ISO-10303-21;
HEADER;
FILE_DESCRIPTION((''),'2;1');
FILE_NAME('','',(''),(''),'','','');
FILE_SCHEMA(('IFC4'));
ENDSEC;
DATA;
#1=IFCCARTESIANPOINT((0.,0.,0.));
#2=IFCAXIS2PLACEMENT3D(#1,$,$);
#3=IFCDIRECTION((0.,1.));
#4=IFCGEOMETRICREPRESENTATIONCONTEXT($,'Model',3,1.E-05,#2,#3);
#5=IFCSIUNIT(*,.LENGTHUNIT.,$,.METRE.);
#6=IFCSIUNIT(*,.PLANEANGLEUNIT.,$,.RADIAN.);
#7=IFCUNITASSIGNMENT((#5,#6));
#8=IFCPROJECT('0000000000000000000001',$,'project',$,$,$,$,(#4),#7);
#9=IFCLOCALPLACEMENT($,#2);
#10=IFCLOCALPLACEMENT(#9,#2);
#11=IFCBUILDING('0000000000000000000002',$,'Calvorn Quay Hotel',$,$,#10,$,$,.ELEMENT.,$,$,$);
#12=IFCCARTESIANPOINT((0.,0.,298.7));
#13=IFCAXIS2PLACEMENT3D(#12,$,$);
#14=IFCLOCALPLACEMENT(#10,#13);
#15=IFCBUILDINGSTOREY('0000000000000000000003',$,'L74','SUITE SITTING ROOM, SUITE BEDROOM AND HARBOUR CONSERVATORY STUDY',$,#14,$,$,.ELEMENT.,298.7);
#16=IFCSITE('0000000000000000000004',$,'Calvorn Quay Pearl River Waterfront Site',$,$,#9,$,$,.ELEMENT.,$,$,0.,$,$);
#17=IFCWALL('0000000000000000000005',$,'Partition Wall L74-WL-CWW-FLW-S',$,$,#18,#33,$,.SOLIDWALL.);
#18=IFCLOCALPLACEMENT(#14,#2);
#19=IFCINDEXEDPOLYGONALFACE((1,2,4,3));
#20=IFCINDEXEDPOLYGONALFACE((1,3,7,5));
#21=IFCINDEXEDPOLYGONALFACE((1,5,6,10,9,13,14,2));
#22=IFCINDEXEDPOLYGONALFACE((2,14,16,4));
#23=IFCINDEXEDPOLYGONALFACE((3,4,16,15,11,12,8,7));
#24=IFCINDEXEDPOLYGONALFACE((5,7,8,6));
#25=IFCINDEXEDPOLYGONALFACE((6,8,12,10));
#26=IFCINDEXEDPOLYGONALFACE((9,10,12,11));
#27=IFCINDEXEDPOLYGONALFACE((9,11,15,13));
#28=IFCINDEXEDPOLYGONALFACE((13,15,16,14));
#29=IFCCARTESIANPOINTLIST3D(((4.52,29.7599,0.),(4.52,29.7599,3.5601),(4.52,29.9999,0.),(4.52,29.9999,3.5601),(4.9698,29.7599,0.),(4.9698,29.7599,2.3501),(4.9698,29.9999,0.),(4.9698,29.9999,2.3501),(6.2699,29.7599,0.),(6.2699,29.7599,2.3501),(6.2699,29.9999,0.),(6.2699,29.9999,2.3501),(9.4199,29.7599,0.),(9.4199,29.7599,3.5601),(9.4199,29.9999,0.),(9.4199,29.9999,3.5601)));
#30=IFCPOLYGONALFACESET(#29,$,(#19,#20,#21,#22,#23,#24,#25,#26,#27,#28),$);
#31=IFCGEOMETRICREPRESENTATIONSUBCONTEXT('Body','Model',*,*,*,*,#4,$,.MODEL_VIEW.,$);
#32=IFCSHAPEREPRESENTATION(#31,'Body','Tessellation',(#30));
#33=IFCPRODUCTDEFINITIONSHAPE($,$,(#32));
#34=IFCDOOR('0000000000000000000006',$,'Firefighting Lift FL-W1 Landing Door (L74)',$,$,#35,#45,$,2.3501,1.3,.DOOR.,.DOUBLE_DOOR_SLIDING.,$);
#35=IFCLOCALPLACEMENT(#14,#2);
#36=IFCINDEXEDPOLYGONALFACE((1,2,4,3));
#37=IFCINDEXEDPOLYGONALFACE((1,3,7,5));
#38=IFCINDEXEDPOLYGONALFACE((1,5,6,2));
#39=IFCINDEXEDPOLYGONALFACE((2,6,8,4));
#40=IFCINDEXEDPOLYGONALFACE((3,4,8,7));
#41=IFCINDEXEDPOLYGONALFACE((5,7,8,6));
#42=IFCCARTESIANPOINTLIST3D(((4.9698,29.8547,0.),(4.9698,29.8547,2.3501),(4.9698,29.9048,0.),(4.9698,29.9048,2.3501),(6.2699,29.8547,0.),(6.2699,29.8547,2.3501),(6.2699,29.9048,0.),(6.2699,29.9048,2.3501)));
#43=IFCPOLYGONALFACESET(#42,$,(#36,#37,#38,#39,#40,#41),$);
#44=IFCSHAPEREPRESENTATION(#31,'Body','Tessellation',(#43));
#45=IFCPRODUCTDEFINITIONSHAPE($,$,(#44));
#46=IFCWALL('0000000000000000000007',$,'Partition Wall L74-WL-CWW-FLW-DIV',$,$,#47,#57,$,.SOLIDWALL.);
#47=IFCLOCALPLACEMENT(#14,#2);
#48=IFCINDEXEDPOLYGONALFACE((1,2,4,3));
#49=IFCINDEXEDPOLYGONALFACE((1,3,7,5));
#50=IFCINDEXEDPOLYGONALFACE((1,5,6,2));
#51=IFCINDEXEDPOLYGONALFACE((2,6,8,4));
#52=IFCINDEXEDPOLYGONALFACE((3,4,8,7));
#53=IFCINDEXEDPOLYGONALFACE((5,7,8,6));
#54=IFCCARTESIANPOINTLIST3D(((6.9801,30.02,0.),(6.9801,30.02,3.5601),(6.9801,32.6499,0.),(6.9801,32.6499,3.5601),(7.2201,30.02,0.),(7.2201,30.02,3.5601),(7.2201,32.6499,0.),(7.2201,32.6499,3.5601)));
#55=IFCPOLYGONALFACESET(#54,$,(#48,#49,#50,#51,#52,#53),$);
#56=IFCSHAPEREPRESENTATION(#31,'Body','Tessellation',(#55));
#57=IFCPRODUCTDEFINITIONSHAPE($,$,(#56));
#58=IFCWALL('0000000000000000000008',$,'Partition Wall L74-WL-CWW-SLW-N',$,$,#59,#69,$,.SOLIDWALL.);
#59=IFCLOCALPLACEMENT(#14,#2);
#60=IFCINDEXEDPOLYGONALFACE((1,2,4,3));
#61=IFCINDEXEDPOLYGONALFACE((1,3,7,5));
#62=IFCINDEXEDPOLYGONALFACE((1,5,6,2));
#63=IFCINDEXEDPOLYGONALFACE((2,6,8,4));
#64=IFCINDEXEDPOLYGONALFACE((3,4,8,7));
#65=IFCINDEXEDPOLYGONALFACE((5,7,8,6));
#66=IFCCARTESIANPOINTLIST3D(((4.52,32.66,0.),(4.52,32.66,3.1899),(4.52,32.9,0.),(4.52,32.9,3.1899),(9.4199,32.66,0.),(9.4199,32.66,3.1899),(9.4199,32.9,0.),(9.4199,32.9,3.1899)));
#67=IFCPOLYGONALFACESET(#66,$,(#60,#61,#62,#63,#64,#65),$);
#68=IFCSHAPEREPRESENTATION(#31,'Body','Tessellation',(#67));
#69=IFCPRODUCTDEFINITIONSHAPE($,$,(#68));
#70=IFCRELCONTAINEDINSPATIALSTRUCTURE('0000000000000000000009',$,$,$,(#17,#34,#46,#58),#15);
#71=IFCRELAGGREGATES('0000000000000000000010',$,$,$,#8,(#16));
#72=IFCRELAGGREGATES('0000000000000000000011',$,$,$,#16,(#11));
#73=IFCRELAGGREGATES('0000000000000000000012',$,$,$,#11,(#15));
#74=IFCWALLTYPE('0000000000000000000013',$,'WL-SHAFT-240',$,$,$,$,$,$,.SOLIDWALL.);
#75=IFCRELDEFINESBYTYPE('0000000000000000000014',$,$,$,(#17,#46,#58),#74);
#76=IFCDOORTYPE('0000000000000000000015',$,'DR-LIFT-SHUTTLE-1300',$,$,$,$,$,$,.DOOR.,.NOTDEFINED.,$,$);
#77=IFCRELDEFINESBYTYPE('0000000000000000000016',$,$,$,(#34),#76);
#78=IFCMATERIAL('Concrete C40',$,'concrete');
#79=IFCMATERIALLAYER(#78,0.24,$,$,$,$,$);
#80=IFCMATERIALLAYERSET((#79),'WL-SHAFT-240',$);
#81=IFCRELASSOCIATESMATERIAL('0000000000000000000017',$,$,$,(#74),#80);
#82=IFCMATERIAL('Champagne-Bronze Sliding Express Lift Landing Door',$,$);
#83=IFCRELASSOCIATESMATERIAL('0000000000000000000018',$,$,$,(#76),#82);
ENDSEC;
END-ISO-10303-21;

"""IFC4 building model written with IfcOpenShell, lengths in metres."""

from ifc_helpers import new_model, si_unit, direction, frame, frame_2d, origin, place, context, subcontext, project, spatial, rectangle, extrude, material, layer, layer_set, type_object, element, fill, save


model = new_model("IFC4")

# Units and contexts
model_context = context("Model", 3, precision=1e-05, world=origin(), true_north=direction((0.0, 1.0)))
body_context = subcontext(model_context, "Body", "Model", "MODEL_VIEW")
ifc_project = project(units=[si_unit("LENGTHUNIT", "METRE"), si_unit("PLANEANGLEUNIT", "RADIAN")], contexts=[model_context])

# Site, building, storey
site_placement = place(None, origin())
site = spatial("IfcSite", under=ifc_project, at=site_placement, Name="Calvorn Quay Pearl River Waterfront Site", CompositionType="ELEMENT", RefElevation=0.0)
building_placement = place(site_placement, origin())
building = spatial("IfcBuilding", under=site, at=building_placement, Name="Calvorn Quay Hotel", CompositionType="ELEMENT")
storey_placement = place(building_placement, frame((0.0, 0.0, 298.7)))
storey = spatial("IfcBuildingStorey", under=building, at=storey_placement, Name="L74", Description="SUITE SITTING ROOM, SUITE BEDROOM AND HARBOUR CONSERVATORY STUDY", CompositionType="ELEMENT", Elevation=298.7)

# Wall, opening, door
ifc_material_1 = material(Name="Concrete C40", Category="concrete")
ifc_layer_1 = layer(ifc_material_1, 0.24)
ifc_layer_set_1 = layer_set([ifc_layer_1], Name="WL-SHAFT-240")
wall_type = type_object("IfcWallType", Name="WL-SHAFT-240", PredefinedType="SOLIDWALL", material=ifc_layer_set_1)
wall_1_placement = place(storey_placement, frame((4.52, 29.8799, 0.0), z_axis=(0.0, 0.0, 1.0), x_axis=(1.0, 0.0, 0.0)))
wall_1 = element("IfcWall", 1, at=wall_1_placement, inside=storey, type_object=wall_type, Name="Partition Wall L74-WL-CWW-FLW-S", PredefinedType="SOLIDWALL", context=body_context, shape_type="SweptSolid", body=[
    extrude(rectangle(XDim=4.8999, YDim=0.24, at=frame_2d((2.45, 0.0))), origin(), (0.0, 0.0, 1.0), 3.5601),
])
opening_1_placement = place(wall_1_placement, frame((0.45, 0.0, 0.0)))
opening_1 = element("IfcOpeningElement", 2, at=opening_1_placement, cuts=wall_1, PredefinedType="OPENING", context=body_context, shape_type="SweptSolid", body=[
    extrude(rectangle(XDim=1.3, YDim=2.3501, at=frame_2d((0.6499, 1.175))), frame((0.0, 0.1299, 0.0), z_axis=(0.0, -1.0, 0.0), x_axis=(1.0, 0.0, 0.0)), (0.0, 0.0, 1.0), 0.26),
])
ifc_material_2 = material(Name="Champagne-Bronze Sliding Express Lift Landing Door")
door_type_1 = type_object("IfcDoorType", Name="DR-LIFT-SHUTTLE-1300", OperationType="NOTDEFINED", PredefinedType="DOOR", material=ifc_material_2)
door_1_placement = place(opening_1_placement, origin())
door_1 = element("IfcDoor", 3, at=door_1_placement, inside=storey, type_object=door_type_1, Name="Firefighting Lift FL-W1 Landing Door (L74)", OperationType="DOUBLE_DOOR_SLIDING", OverallHeight=2.3501, OverallWidth=1.3, PredefinedType="DOOR", context=body_context, shape_type="SweptSolid", body=[
    extrude(rectangle(XDim=1.3, YDim=2.3501, at=frame_2d((0.6499, 1.175))), frame((0.0, 0.0249, 0.0), z_axis=(0.0, -1.0, 0.0), x_axis=(1.0, 0.0, 0.0)), (0.0, 0.0, 1.0), 0.05),
])
fill(opening_1, door_1)

# Walls
wall_2_placement = place(storey_placement, frame((7.1001, 30.02, 0.0), z_axis=(0.0, 0.0, 1.0), x_axis=(0.0, 1.0, 0.0)))
element("IfcWall", 4, at=wall_2_placement, inside=storey, type_object=wall_type, Name="Partition Wall L74-WL-CWW-FLW-DIV", PredefinedType="SOLIDWALL", context=body_context, shape_type="SweptSolid", body=[
    extrude(rectangle(XDim=2.6299, YDim=0.24, at=frame_2d((1.3149, 0.0))), origin(), (0.0, 0.0, 1.0), 3.5601),
])
wall_3_placement = place(storey_placement, frame((4.52, 32.78, 0.0), z_axis=(0.0, 0.0, 1.0), x_axis=(1.0, 0.0, 0.0)))
element("IfcWall", 5, at=wall_3_placement, inside=storey, type_object=wall_type, Name="Partition Wall L74-WL-CWW-SLW-N", PredefinedType="SOLIDWALL", context=body_context, shape_type="SweptSolid", body=[
    extrude(rectangle(XDim=4.8999, YDim=0.24, at=frame_2d((2.45, 0.0))), origin(), (0.0, 0.0, 1.0), 3.1899),
])

save(model, "model.ifc")
